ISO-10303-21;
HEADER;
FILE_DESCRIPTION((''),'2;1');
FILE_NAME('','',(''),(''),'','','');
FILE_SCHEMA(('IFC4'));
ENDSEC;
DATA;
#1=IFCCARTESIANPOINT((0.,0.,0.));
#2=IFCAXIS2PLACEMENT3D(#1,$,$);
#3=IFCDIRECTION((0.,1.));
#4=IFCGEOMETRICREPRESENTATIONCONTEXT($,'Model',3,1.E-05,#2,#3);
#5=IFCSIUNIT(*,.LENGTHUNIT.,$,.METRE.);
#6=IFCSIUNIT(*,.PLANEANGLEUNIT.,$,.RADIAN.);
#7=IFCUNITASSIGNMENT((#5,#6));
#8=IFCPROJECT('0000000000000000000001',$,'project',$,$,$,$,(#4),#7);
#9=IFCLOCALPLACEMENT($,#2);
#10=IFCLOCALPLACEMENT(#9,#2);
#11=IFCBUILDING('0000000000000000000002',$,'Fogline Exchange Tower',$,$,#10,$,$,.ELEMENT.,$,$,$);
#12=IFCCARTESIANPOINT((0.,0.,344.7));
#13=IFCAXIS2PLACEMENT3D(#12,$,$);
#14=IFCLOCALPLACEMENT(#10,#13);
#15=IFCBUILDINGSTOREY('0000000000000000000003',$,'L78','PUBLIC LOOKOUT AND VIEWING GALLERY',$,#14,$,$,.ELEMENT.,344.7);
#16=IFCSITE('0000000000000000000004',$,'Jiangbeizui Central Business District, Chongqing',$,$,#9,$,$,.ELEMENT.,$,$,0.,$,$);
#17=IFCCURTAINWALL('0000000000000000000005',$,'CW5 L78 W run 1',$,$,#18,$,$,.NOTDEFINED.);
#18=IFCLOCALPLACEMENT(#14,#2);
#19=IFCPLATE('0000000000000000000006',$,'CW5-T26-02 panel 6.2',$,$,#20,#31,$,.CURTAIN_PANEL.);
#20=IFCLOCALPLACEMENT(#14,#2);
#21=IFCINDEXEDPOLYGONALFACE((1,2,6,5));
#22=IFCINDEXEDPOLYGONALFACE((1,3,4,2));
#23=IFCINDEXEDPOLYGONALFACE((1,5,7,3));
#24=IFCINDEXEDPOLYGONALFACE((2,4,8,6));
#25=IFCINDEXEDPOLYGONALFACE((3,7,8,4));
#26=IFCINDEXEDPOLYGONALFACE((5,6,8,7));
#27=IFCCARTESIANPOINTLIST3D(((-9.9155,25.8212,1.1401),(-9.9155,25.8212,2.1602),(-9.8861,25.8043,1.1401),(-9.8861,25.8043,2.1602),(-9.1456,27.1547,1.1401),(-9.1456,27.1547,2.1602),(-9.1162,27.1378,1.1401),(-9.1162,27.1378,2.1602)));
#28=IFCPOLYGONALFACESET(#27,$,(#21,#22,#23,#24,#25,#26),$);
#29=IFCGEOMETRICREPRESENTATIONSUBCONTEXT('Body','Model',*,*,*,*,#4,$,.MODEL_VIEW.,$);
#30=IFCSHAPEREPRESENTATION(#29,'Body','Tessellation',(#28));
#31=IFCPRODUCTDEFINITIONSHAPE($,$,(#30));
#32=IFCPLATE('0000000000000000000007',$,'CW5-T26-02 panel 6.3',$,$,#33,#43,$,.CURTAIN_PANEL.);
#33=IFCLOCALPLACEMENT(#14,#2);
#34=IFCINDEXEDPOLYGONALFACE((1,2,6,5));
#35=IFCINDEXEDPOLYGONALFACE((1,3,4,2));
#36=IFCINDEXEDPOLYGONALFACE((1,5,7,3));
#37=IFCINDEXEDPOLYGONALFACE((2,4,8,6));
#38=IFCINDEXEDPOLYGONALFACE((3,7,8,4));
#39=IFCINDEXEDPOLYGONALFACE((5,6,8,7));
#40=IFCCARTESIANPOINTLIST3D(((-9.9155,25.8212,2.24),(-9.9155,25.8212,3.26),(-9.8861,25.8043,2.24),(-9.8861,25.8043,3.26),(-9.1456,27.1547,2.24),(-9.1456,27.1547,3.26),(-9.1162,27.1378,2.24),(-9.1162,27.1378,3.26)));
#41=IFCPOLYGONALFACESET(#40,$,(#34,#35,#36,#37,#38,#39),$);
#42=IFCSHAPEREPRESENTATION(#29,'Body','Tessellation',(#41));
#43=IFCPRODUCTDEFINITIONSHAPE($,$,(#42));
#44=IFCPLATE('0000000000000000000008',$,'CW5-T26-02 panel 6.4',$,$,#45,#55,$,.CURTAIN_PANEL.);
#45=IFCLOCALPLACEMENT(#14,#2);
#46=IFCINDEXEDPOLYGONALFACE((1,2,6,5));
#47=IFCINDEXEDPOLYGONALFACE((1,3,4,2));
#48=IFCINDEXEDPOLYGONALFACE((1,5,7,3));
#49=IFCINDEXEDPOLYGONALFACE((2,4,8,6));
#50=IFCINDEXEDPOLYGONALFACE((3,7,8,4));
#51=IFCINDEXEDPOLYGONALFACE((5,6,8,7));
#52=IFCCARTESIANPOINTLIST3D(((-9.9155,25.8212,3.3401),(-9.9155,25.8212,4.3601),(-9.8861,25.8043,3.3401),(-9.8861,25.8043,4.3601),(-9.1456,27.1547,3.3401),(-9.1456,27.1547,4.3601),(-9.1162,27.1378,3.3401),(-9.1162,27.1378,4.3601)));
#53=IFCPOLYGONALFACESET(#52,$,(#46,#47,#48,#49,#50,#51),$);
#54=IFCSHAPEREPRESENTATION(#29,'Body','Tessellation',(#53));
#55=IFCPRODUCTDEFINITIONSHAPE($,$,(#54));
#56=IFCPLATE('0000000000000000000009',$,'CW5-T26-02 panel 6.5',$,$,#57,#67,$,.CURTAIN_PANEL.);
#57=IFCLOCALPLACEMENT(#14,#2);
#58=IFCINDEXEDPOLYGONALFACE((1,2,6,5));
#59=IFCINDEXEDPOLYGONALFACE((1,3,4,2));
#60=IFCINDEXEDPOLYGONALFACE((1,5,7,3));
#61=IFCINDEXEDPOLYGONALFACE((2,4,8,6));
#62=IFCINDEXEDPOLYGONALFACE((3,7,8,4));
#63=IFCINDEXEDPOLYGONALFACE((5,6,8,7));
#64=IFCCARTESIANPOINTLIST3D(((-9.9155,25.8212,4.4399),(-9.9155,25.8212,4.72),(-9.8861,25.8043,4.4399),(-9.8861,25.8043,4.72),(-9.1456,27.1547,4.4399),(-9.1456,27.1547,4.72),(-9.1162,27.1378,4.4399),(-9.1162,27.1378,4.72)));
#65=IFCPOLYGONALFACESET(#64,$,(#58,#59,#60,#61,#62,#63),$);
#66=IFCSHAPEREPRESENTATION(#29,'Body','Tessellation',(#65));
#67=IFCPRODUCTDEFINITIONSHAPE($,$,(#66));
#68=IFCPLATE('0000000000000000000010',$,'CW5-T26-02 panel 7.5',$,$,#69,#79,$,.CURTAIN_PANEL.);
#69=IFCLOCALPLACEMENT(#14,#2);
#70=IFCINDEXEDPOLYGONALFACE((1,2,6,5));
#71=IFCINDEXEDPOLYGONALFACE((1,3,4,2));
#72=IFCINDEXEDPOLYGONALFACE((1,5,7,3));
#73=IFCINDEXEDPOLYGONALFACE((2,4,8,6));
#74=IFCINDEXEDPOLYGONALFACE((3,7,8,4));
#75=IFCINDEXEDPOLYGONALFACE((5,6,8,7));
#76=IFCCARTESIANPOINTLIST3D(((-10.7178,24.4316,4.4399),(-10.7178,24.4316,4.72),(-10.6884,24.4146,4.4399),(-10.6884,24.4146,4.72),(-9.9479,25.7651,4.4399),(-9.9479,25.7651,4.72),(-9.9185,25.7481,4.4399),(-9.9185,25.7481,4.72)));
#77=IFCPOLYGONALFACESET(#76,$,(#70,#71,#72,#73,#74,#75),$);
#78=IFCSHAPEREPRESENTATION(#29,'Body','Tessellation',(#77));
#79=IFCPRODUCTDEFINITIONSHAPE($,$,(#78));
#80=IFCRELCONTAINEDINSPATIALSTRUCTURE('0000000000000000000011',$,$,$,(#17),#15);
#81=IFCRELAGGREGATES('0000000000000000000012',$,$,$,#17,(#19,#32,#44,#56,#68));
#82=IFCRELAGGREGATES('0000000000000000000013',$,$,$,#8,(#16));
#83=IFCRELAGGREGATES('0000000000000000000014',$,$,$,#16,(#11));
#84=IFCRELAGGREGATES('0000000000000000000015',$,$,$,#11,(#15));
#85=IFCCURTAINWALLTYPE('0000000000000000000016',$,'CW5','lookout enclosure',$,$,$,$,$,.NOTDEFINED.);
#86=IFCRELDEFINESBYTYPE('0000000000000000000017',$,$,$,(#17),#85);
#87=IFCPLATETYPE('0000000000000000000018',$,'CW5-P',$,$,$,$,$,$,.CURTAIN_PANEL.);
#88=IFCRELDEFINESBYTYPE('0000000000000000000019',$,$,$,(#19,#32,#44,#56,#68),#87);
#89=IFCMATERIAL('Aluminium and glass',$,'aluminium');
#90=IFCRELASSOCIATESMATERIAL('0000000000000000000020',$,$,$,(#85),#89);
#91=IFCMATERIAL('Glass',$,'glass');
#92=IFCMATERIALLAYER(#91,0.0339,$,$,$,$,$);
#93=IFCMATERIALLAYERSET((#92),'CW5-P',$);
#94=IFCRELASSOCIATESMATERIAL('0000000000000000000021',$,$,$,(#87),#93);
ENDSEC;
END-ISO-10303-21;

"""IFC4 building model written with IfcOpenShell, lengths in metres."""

from ifc_helpers import new_model, si_unit, direction, frame, origin, origin_2d, place, context, subcontext, project, spatial, rectangle, extrude, material, layer, layer_set, type_object, element, aggregate, save


model = new_model("IFC4")

# Units and contexts
model_context = context("Model", 3, precision=1e-05, world=origin(), true_north=direction((0.0, 1.0)))
body_context = subcontext(model_context, "Body", "Model", "MODEL_VIEW")
ifc_project = project(units=[si_unit("LENGTHUNIT", "METRE"), si_unit("PLANEANGLEUNIT", "RADIAN")], contexts=[model_context])

# Site, building, storey
site_placement = place(None, origin())
site = spatial("IfcSite", under=ifc_project, at=site_placement, Name="Jiangbeizui Central Business District, Chongqing", CompositionType="ELEMENT", RefElevation=0.0)
building_placement = place(site_placement, origin())
building = spatial("IfcBuilding", under=site, at=building_placement, Name="Fogline Exchange Tower", CompositionType="ELEMENT")
storey_placement = place(building_placement, frame((0.0, 0.0, 344.7)))
storey = spatial("IfcBuildingStorey", under=building, at=storey_placement, Name="L78", Description="PUBLIC LOOKOUT AND VIEWING GALLERY", CompositionType="ELEMENT", Elevation=344.7)

# Curtain wall, plates
ifc_material_1 = material(Name="Aluminium and glass", Category="aluminium")
curtain_wall_type = type_object("IfcCurtainWallType", Name="CW5", Description="lookout enclosure", PredefinedType="NOTDEFINED", material=ifc_material_1)
curtain_wall_placement = place(storey_placement, origin())
curtain_wall = element("IfcCurtainWall", 1, at=curtain_wall_placement, inside=storey, type_object=curtain_wall_type, Name="CW5 L78 W run 1", PredefinedType="NOTDEFINED")
ifc_material_2 = material(Name="Glass", Category="glass")
ifc_layer = layer(ifc_material_2, 0.0339)
ifc_layer_set = layer_set([ifc_layer], Name="CW5-P")
plate_type = type_object("IfcPlateType", Name="CW5-P", PredefinedType="CURTAIN_PANEL", material=ifc_layer_set)
plate_1_placement = place(storey_placement, frame((-9.5159, 26.4795, 1.1401), z_axis=(0.0, 0.0, 1.0), x_axis=(-0.5, -0.866025, 0.0)))
plate_1 = element("IfcPlate", 2, at=plate_1_placement, type_object=plate_type, Name="CW5-T26-02 panel 6.2", PredefinedType="CURTAIN_PANEL", context=body_context, shape_type="SweptSolid", body=[
    extrude(rectangle(XDim=1.5398, YDim=0.0339, at=origin_2d()), origin(), (0.0, 0.0, 1.0), 1.02),
])
plate_2_placement = place(storey_placement, frame((-9.5159, 26.4795, 2.24), z_axis=(0.0, 0.0, 1.0), x_axis=(-0.5, -0.866025, 0.0)))
plate_2 = element("IfcPlate", 3, at=plate_2_placement, type_object=plate_type, Name="CW5-T26-02 panel 6.3", PredefinedType="CURTAIN_PANEL", context=body_context, shape_type="SweptSolid", body=[
    extrude(rectangle(XDim=1.5398, YDim=0.0339, at=origin_2d()), origin(), (0.0, 0.0, 1.0), 1.02),
])
plate_3_placement = place(storey_placement, frame((-9.5159, 26.4795, 3.3401), z_axis=(0.0, 0.0, 1.0), x_axis=(-0.5, -0.866025, 0.0)))
plate_3 = element("IfcPlate", 4, at=plate_3_placement, type_object=plate_type, Name="CW5-T26-02 panel 6.4", PredefinedType="CURTAIN_PANEL", context=body_context, shape_type="SweptSolid", body=[
    extrude(rectangle(XDim=1.5398, YDim=0.0339, at=origin_2d()), origin(), (0.0, 0.0, 1.0), 1.02),
])
plate_4_placement = place(storey_placement, frame((-9.5159, 26.4795, 4.4399), z_axis=(0.0, 0.0, 1.0), x_axis=(-0.5, -0.866025, 0.0)))
plate_4 = element("IfcPlate", 5, at=plate_4_placement, type_object=plate_type, Name="CW5-T26-02 panel 6.5", PredefinedType="CURTAIN_PANEL", context=body_context, shape_type="SweptSolid", body=[
    extrude(rectangle(XDim=1.5398, YDim=0.0339, at=origin_2d()), origin(), (0.0, 0.0, 1.0), 0.28),
])
plate_5_placement = place(storey_placement, frame((-10.3181, 25.0898, 4.4399), z_axis=(0.0, 0.0, 1.0), x_axis=(-0.5, -0.866025, 0.0)))
plate_5 = element("IfcPlate", 6, at=plate_5_placement, type_object=plate_type, Name="CW5-T26-02 panel 7.5", PredefinedType="CURTAIN_PANEL", context=body_context, shape_type="SweptSolid", body=[
    extrude(rectangle(XDim=1.5398, YDim=0.0339, at=origin_2d()), origin(), (0.0, 0.0, 1.0), 0.28),
])
aggregate(curtain_wall, [plate_1, plate_2, plate_3, plate_4, plate_5])

save(model, "model.ifc")
